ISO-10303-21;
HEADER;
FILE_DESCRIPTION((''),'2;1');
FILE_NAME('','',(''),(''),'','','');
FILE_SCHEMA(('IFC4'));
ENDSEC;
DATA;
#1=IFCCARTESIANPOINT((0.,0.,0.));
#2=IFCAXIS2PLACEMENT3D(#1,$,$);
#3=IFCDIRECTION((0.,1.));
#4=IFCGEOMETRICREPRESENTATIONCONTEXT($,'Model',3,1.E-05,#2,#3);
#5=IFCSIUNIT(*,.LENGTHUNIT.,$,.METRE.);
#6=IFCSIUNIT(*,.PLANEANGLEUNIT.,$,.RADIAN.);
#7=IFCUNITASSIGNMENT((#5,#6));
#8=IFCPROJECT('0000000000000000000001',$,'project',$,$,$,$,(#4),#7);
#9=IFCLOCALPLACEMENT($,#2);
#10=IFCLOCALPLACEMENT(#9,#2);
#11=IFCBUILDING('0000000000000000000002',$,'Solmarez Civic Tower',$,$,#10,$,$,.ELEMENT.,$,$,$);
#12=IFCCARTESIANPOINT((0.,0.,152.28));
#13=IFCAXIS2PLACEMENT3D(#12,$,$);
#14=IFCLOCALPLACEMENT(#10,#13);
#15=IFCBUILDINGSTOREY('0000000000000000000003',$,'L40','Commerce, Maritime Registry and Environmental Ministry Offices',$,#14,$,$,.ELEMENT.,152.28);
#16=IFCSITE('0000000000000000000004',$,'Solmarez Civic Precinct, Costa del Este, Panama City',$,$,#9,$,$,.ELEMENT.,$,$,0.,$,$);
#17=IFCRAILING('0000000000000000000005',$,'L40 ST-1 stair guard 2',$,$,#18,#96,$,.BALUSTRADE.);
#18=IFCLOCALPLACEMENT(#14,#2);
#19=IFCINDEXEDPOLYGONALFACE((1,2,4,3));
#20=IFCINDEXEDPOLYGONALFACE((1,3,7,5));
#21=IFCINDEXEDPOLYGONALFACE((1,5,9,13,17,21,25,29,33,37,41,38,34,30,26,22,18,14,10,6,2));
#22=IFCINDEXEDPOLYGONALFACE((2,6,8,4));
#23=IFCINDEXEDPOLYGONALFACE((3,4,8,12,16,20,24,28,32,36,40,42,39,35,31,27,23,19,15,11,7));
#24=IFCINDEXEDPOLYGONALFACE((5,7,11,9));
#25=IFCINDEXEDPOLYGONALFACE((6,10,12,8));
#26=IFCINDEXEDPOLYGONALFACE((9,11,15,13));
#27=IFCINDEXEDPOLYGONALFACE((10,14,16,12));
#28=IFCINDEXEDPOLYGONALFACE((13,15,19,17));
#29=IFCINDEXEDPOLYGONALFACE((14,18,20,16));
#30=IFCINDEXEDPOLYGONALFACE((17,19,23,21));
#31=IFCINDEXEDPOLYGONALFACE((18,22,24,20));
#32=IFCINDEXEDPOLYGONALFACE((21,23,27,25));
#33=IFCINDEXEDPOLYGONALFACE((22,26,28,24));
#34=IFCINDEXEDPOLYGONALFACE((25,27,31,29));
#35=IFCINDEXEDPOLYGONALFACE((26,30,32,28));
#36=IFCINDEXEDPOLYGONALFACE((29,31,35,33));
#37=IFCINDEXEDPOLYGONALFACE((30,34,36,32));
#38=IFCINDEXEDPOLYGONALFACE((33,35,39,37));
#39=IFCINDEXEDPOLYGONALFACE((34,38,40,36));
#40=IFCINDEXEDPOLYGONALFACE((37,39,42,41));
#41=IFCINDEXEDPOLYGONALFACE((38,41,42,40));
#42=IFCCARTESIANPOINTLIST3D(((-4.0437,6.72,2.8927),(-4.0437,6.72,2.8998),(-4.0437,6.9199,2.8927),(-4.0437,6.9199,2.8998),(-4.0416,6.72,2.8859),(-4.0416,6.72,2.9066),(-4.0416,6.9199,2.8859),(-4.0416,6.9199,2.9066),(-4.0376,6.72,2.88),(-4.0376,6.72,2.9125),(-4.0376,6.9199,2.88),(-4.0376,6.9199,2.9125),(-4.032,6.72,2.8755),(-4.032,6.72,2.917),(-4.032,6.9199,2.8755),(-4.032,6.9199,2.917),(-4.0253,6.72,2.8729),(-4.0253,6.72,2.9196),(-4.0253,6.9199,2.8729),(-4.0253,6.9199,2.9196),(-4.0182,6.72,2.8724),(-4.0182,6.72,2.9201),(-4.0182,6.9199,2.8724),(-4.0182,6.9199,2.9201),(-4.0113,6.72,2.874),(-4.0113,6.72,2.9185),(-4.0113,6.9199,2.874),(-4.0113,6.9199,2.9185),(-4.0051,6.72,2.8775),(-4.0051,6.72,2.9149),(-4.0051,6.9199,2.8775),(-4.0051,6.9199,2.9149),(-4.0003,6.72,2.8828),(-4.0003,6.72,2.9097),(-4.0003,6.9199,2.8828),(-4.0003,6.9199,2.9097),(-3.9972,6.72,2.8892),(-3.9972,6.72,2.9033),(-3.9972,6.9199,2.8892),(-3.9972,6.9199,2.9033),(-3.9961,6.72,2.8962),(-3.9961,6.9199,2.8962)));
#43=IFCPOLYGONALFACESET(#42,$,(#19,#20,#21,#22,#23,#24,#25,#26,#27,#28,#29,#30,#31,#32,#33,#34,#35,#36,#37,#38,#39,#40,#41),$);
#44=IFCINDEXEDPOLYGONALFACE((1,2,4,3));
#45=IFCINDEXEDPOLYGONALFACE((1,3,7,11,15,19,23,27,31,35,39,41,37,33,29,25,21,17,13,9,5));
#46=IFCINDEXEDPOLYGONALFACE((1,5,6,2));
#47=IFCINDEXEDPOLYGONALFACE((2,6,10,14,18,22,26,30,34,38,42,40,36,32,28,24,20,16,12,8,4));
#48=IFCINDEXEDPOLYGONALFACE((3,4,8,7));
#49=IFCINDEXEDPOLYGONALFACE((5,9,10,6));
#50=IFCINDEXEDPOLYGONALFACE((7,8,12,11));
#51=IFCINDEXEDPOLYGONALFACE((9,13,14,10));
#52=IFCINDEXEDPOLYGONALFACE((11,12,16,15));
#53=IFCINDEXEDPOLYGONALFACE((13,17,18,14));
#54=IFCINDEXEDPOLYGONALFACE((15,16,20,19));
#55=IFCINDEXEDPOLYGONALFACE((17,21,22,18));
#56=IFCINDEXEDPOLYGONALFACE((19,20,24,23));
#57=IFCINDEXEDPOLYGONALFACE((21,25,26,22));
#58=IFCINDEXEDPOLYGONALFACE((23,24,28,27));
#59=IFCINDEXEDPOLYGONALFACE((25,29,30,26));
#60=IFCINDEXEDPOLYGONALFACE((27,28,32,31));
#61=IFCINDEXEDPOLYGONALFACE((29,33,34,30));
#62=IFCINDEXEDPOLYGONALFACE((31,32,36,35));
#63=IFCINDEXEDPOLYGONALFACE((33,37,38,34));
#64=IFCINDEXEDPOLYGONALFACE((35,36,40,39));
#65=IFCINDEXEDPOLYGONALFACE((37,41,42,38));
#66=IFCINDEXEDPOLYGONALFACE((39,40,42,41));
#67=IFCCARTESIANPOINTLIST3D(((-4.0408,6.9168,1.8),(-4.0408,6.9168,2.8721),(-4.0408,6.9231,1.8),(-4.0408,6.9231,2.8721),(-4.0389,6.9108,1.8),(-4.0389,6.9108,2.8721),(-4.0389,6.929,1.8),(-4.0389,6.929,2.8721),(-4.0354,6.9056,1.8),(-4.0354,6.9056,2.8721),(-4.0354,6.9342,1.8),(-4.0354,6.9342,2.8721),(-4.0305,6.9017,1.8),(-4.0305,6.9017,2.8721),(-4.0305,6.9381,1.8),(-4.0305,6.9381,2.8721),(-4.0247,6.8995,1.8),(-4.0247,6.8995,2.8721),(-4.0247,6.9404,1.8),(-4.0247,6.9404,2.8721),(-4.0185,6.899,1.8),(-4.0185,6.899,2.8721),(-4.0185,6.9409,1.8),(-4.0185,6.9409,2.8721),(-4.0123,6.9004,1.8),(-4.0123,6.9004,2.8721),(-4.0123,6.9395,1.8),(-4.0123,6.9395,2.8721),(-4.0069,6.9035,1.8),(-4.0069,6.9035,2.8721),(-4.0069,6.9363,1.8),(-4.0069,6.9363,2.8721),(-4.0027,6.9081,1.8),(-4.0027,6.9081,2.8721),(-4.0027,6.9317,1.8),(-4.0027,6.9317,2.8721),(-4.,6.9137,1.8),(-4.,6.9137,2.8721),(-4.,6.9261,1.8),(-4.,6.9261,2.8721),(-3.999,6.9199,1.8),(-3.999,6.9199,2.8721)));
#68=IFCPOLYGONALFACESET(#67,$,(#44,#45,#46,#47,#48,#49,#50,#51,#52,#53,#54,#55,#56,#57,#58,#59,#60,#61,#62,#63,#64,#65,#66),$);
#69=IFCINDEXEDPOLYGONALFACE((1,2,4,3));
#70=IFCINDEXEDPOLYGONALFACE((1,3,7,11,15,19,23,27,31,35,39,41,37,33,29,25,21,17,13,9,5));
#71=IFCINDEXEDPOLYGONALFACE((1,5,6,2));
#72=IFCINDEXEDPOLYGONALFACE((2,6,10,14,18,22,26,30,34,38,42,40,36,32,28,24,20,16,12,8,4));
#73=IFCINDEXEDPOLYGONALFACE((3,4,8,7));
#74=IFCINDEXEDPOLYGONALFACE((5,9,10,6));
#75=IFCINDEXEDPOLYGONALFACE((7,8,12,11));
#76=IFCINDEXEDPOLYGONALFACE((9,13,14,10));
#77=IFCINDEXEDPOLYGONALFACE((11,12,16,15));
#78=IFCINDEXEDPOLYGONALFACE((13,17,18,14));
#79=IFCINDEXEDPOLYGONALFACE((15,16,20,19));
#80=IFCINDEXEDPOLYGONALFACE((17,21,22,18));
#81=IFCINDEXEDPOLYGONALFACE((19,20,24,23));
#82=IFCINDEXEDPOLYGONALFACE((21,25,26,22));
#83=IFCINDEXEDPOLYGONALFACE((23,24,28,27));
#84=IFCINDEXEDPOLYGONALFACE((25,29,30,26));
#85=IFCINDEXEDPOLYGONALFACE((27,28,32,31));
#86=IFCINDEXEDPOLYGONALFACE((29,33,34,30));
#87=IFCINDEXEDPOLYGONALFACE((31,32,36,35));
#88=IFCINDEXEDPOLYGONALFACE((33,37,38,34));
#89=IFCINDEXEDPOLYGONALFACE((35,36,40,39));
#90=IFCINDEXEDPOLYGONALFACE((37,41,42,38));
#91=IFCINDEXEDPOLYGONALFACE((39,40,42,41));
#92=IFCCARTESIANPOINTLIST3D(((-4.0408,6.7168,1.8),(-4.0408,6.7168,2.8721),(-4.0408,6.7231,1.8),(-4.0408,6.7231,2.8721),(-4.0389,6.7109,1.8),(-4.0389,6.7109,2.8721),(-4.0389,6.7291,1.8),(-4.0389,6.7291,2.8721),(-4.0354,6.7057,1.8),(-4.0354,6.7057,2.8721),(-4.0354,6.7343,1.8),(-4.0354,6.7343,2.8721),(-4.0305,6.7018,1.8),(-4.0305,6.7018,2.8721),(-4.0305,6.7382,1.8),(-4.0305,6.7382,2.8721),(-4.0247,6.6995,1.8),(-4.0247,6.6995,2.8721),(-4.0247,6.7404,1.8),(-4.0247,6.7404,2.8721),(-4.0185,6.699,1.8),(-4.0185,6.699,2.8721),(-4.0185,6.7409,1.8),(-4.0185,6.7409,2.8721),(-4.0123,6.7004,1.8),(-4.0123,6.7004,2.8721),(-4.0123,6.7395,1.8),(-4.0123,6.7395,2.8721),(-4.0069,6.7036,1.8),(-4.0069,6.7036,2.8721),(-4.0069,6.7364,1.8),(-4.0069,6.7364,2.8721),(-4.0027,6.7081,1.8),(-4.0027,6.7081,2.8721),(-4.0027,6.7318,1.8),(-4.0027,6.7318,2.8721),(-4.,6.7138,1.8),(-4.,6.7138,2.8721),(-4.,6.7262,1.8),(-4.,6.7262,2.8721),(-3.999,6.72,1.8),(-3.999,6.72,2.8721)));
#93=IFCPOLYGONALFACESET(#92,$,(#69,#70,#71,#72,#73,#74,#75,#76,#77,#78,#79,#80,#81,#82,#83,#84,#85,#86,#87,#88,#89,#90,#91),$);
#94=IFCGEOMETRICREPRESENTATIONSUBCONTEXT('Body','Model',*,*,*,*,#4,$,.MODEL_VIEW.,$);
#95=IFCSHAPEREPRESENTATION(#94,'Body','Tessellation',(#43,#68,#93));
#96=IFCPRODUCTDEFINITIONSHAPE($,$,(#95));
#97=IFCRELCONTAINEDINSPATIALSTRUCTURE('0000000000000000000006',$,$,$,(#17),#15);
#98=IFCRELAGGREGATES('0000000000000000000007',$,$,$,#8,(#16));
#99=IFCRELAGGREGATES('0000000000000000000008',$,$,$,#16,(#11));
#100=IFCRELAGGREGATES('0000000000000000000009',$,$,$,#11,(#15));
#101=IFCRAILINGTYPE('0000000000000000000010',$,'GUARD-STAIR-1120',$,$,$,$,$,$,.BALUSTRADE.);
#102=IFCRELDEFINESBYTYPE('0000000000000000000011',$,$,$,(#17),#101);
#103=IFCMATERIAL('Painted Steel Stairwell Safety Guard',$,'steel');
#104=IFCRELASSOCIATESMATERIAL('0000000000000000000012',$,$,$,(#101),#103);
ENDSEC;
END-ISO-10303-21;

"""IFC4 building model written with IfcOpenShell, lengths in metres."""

from ifc_helpers import new_model, si_unit, direction, frame, origin, origin_2d, place, context, subcontext, project, spatial, circle, extrude, material, type_object, element, save


model = new_model("IFC4")

# Units and contexts
model_context = context("Model", 3, precision=1e-05, world=origin(), true_north=direction((0.0, 1.0)))
body_context = subcontext(model_context, "Body", "Model", "MODEL_VIEW")
ifc_project = project(units=[si_unit("LENGTHUNIT", "METRE"), si_unit("PLANEANGLEUNIT", "RADIAN")], contexts=[model_context])

# Site, building, storey
site_placement = place(None, origin())
site = spatial("IfcSite", under=ifc_project, at=site_placement, Name="Solmarez Civic Precinct, Costa del Este, Panama City", CompositionType="ELEMENT", RefElevation=0.0)
building_placement = place(site_placement, origin())
building = spatial("IfcBuilding", under=site, at=building_placement, Name="Solmarez Civic Tower", CompositionType="ELEMENT")
storey_placement = place(building_placement, frame((0.0, 0.0, 152.28)))
storey = spatial("IfcBuildingStorey", under=building, at=storey_placement, Name="L40", Description="Commerce, Maritime Registry and Environmental Ministry Offices", CompositionType="ELEMENT", Elevation=152.28)

# Railing
ifc_material_1 = material(Name="Painted Steel Stairwell Safety Guard", Category="steel")
railing_type_1 = type_object("IfcRailingType", Name="GUARD-STAIR-1120", PredefinedType="BALUSTRADE", material=ifc_material_1)
railing_1_placement = place(storey_placement, frame((-4.02, 6.9199, 1.8)))
element("IfcRailing", 1, at=railing_1_placement, inside=storey, type_object=railing_type_1, Name="L40 ST-1 stair guard 2", PredefinedType="BALUSTRADE", context=body_context, shape_type="SweptSolid", body=[
    extrude(circle(Radius=0.0239, at=origin_2d()), frame((0.0, 0.0, 1.0962), z_axis=(0.0, -1.0, 0.0), x_axis=(1.0, 0.0, 0.0)), (0.0, 0.0, 1.0), 0.2),
    extrude(circle(Radius=0.021, at=origin_2d()), origin(), (0.0, 0.0, 1.0), 1.072),
    extrude(circle(Radius=0.021, at=origin_2d()), frame((0.0, -0.2, 0.0)), (0.0, 0.0, 1.0), 1.072),
])

save(model, "model.ifc")
